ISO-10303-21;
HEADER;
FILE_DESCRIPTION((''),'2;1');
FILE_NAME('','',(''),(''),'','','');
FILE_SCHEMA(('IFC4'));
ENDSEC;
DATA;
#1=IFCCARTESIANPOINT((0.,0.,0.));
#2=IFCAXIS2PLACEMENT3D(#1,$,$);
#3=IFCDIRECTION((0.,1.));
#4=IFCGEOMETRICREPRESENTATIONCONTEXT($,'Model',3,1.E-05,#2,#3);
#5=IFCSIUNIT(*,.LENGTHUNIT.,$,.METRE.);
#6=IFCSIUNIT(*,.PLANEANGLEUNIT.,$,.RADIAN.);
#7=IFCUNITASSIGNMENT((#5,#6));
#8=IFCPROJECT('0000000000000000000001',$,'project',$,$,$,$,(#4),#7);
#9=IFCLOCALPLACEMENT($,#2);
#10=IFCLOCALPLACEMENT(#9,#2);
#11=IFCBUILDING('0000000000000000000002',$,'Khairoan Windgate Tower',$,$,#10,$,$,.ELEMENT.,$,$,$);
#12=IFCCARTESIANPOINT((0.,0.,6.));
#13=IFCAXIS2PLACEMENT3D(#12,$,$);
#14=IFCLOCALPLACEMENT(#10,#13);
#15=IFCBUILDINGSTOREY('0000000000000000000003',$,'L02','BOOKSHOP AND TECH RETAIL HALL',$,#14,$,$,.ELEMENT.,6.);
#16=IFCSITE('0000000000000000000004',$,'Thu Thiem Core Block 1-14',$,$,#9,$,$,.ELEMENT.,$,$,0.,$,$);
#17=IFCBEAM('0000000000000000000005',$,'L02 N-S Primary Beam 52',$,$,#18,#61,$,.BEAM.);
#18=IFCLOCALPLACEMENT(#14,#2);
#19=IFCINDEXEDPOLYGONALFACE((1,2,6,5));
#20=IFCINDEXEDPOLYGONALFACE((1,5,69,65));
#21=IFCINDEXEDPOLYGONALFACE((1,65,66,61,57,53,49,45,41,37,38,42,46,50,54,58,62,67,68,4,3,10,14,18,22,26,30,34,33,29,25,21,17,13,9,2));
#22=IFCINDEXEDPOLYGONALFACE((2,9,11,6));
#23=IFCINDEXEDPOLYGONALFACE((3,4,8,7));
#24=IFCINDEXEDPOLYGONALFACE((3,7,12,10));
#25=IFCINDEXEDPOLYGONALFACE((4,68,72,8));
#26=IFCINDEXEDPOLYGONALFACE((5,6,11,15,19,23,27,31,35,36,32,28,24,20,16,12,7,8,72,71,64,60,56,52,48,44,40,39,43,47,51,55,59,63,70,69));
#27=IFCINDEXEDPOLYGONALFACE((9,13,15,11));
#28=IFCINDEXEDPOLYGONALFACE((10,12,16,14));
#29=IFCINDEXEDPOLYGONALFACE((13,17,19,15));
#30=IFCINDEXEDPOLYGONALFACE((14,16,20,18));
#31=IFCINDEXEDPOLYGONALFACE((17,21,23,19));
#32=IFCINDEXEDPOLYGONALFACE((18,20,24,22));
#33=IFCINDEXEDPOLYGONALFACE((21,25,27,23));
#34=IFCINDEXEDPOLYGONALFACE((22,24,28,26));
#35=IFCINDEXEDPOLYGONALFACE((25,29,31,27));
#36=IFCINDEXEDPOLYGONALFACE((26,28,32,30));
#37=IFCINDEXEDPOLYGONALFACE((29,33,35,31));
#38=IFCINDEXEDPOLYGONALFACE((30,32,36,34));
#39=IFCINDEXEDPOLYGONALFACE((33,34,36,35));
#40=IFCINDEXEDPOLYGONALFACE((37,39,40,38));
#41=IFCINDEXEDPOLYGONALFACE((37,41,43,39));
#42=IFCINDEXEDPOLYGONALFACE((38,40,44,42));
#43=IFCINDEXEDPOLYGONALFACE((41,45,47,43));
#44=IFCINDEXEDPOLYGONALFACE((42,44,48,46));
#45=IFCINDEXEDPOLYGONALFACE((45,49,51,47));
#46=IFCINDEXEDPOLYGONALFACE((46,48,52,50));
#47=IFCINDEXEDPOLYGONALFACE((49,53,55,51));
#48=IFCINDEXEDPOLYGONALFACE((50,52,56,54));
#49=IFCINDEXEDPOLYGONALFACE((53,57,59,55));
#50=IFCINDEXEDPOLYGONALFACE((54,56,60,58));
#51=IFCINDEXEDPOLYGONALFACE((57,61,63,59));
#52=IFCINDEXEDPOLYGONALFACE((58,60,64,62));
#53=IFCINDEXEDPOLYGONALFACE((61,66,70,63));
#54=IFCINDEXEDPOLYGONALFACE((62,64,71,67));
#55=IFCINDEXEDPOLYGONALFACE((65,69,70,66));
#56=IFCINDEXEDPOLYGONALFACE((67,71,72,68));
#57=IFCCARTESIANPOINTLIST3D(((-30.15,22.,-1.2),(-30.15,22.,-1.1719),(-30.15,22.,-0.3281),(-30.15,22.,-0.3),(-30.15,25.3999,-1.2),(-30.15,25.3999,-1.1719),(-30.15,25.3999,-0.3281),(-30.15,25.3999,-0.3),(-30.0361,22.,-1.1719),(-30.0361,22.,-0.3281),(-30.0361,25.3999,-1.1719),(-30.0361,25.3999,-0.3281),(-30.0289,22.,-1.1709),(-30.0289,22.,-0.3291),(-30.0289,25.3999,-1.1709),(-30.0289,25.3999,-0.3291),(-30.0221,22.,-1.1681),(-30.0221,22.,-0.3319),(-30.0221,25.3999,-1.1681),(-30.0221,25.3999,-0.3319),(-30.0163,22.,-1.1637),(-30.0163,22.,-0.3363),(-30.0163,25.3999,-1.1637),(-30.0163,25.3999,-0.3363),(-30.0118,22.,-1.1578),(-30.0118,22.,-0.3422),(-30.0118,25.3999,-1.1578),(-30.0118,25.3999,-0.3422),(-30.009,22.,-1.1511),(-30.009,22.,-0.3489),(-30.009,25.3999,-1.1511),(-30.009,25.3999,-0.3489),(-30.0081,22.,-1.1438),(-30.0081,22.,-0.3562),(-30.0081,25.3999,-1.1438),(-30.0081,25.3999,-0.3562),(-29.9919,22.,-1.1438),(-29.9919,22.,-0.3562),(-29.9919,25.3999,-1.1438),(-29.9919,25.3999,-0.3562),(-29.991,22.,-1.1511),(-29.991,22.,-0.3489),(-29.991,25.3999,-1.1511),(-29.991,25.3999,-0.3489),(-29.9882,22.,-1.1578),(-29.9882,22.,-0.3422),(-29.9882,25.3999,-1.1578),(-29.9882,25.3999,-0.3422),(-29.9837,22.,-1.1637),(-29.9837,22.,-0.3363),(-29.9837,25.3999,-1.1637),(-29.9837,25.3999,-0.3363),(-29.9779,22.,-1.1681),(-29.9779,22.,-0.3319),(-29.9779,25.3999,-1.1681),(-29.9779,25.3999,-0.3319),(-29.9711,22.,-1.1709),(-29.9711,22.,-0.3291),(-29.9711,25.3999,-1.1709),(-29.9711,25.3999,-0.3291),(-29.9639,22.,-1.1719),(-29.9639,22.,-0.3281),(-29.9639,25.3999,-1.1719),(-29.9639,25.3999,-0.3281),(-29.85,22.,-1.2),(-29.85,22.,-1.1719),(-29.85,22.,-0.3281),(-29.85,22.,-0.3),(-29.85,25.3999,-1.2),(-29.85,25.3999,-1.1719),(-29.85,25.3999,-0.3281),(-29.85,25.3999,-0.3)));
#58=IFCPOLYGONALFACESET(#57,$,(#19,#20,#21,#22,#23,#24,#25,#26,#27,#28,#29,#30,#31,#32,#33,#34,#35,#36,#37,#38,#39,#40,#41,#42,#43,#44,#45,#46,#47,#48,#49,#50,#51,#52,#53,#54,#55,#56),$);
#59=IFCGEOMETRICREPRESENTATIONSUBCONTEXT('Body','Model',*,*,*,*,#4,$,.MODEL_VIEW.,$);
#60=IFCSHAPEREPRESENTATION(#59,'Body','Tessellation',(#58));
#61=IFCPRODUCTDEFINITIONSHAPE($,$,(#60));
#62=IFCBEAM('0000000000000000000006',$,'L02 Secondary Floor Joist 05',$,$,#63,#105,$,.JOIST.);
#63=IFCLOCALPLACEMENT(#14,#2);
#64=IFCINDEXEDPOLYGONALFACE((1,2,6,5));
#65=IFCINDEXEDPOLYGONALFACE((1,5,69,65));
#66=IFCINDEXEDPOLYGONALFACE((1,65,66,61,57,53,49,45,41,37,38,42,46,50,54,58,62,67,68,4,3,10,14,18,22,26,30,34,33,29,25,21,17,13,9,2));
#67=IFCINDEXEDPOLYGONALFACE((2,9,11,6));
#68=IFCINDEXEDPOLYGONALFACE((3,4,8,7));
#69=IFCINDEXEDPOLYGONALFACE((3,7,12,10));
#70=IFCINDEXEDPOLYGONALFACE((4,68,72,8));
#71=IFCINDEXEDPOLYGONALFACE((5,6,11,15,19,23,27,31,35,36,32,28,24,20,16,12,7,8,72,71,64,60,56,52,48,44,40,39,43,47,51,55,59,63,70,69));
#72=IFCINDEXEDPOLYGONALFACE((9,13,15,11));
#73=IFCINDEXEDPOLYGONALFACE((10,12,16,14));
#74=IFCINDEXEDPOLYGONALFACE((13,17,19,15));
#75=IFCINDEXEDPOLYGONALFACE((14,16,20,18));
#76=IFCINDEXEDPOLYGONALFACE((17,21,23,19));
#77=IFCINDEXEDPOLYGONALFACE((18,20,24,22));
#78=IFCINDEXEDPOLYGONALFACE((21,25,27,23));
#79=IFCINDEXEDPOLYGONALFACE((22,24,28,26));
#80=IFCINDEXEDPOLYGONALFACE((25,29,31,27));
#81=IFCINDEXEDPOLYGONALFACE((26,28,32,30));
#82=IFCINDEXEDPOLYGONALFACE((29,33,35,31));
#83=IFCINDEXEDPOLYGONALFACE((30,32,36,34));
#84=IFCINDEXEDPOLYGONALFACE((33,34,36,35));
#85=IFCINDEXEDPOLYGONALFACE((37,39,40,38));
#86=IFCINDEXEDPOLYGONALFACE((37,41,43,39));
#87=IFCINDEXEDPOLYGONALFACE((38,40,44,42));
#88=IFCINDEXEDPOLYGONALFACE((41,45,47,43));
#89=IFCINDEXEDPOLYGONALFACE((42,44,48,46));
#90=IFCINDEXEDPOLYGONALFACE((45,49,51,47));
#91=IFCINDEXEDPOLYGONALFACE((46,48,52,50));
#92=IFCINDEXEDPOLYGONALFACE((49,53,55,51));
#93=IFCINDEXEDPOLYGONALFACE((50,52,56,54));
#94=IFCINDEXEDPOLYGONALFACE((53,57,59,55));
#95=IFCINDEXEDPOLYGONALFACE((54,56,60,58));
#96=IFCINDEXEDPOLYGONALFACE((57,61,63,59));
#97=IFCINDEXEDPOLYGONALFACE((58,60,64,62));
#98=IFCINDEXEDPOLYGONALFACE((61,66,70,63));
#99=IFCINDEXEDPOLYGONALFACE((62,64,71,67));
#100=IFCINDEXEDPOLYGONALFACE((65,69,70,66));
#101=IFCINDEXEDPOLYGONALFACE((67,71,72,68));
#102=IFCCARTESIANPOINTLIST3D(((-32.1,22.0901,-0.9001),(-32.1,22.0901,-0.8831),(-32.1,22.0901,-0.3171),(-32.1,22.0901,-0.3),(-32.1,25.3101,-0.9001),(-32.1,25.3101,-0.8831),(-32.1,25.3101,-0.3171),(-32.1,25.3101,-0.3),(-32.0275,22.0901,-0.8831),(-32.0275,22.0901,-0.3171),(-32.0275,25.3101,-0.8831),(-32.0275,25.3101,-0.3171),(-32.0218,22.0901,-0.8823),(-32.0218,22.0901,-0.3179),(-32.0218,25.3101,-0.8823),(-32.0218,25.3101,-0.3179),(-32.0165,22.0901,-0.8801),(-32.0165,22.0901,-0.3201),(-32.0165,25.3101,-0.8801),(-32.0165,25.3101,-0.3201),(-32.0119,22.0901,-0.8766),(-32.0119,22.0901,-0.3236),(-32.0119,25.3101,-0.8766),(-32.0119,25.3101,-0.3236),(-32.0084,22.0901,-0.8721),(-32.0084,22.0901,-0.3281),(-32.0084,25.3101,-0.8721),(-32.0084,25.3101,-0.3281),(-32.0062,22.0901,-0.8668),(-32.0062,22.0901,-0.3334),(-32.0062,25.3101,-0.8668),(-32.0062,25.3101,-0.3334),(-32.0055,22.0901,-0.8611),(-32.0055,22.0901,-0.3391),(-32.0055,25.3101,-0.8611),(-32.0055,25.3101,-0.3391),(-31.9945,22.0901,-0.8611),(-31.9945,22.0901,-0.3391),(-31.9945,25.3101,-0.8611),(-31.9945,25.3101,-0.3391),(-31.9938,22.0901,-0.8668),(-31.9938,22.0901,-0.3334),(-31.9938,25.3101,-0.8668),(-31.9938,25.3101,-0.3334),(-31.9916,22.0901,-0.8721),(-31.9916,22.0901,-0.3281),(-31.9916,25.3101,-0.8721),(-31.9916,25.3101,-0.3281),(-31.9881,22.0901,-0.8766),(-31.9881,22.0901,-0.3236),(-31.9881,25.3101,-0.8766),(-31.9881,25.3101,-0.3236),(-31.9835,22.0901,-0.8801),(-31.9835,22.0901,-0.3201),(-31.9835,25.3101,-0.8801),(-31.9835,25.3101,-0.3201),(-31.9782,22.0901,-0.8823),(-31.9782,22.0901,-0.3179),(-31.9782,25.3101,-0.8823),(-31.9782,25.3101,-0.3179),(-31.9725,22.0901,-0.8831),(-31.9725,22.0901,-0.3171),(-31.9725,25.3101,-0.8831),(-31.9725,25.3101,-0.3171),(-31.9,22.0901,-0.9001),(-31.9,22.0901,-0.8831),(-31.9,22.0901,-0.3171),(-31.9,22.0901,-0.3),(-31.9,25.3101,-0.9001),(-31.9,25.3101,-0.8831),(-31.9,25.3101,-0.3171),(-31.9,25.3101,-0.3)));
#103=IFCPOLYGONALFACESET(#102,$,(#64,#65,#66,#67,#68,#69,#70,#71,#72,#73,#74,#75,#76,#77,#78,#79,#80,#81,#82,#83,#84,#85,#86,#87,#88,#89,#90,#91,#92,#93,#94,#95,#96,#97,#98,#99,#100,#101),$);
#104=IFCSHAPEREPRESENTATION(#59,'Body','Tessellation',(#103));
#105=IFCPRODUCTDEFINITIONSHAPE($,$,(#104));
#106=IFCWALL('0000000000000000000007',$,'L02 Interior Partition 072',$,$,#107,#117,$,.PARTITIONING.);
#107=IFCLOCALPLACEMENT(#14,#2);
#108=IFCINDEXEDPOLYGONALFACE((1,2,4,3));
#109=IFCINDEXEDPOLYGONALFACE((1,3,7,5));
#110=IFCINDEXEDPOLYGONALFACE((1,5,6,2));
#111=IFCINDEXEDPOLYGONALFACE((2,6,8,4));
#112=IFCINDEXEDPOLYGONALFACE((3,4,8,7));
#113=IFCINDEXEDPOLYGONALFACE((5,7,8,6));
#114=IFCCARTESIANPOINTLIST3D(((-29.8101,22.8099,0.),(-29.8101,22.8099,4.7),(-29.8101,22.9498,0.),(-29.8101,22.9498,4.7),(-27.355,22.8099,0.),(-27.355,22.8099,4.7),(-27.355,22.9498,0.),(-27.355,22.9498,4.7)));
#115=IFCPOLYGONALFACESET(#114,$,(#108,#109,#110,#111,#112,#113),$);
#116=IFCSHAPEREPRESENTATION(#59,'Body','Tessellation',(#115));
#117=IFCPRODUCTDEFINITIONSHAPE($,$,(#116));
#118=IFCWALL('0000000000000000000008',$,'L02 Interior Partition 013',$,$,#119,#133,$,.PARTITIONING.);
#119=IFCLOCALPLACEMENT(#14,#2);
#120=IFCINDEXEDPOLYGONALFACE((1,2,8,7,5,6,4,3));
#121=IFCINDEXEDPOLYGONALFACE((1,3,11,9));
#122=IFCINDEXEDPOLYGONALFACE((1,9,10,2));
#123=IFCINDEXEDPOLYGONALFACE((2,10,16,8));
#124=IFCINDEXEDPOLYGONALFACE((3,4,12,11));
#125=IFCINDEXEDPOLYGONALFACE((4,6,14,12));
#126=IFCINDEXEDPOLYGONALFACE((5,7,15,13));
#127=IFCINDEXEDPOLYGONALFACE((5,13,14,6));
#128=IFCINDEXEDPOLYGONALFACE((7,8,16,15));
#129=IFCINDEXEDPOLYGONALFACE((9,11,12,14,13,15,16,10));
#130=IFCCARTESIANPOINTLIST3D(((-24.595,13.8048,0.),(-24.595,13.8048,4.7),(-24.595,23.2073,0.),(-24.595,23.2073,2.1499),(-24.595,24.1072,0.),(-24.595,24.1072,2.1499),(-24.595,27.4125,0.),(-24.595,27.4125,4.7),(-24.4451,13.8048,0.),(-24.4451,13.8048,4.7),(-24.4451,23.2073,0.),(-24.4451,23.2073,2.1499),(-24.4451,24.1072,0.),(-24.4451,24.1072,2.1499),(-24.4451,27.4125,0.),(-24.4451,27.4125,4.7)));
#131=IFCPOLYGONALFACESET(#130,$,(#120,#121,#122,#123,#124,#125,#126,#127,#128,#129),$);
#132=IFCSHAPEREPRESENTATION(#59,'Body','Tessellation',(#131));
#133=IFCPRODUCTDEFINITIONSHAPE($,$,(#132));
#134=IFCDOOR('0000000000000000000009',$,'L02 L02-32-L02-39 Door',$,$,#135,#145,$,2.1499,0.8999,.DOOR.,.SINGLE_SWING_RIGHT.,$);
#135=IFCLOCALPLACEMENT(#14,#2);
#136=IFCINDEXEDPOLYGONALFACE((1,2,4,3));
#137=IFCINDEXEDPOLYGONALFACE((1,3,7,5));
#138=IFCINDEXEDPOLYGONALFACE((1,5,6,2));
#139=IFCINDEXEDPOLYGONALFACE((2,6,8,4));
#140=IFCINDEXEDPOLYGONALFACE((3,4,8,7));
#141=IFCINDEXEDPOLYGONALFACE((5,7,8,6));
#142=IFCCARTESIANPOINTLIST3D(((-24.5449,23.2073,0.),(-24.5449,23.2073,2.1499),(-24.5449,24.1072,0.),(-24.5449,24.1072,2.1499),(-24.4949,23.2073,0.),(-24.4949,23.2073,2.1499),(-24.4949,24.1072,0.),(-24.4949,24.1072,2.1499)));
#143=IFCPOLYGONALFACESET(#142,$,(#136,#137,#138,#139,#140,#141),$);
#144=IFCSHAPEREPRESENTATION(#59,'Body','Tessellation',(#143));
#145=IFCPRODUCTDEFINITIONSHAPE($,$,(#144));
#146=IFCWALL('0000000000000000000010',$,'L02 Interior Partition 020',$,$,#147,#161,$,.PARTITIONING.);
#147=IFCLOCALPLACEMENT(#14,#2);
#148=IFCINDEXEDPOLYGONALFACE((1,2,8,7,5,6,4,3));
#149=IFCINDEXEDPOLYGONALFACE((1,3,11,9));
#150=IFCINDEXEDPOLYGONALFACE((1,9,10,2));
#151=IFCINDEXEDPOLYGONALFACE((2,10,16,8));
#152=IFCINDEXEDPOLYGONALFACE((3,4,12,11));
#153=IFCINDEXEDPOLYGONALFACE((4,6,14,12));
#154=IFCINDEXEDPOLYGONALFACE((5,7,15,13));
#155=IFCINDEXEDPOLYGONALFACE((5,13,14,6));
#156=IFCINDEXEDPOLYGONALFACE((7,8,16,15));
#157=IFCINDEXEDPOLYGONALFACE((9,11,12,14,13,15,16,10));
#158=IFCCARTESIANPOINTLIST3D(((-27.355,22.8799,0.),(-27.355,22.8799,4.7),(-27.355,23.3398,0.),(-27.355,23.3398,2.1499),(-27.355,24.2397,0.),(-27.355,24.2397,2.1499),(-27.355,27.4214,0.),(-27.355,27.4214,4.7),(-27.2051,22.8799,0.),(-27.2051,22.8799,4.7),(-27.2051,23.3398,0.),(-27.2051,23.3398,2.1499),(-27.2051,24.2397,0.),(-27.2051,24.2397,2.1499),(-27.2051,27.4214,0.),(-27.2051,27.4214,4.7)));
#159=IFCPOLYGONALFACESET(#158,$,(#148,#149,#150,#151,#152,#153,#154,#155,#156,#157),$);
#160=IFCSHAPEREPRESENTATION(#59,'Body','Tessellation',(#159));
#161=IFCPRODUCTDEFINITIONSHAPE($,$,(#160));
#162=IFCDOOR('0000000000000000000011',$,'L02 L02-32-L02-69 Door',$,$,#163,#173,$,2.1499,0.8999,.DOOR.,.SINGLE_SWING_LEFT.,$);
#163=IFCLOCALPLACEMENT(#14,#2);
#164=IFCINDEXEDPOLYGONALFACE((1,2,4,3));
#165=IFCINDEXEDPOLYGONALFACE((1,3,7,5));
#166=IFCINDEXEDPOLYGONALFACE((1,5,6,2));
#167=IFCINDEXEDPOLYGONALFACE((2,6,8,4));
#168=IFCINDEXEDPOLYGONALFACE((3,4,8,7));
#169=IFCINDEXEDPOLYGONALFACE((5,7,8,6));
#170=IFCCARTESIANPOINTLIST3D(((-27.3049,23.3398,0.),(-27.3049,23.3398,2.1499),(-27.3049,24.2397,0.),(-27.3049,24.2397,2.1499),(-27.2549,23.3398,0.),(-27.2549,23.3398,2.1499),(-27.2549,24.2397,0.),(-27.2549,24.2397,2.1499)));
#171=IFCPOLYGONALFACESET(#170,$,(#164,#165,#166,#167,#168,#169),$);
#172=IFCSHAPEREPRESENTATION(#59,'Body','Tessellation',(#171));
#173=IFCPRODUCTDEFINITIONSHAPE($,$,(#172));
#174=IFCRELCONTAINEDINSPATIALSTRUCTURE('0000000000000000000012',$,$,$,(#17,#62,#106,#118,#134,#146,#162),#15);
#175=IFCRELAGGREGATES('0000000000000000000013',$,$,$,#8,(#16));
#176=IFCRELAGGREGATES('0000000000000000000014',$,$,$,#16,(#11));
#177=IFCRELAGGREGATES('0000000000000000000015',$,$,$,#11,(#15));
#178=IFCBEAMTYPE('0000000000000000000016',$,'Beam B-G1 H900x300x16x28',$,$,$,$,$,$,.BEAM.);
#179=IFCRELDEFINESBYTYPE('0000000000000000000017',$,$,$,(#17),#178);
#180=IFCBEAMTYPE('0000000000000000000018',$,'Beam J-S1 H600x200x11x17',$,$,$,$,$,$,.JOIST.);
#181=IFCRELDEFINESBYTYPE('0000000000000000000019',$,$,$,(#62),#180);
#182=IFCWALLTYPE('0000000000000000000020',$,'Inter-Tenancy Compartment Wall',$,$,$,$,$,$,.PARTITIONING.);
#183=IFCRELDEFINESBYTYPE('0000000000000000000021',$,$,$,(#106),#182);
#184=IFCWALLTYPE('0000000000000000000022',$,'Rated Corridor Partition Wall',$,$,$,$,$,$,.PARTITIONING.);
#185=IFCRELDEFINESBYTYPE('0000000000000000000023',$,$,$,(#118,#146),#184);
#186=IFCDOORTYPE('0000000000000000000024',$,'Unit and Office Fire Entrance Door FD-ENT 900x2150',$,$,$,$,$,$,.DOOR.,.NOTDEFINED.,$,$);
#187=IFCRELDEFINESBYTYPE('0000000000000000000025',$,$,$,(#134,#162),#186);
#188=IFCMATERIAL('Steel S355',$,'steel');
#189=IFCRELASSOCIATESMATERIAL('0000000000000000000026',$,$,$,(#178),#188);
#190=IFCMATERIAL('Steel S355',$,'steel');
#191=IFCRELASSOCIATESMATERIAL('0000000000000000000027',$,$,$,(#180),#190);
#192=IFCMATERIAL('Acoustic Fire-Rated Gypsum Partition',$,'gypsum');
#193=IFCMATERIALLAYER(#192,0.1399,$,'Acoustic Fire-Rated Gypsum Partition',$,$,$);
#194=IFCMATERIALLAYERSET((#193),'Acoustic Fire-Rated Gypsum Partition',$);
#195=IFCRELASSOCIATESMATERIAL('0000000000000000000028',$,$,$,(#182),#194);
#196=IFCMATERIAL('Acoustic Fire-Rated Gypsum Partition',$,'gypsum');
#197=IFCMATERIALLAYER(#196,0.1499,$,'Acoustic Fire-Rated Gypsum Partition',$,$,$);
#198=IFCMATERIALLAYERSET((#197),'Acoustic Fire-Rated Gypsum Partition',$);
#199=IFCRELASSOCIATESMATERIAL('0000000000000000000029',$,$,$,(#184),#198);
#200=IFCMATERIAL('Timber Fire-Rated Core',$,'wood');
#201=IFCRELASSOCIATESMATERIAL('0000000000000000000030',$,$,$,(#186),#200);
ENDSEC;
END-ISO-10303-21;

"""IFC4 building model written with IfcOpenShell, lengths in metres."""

from ifc_helpers import new_model, si_unit, direction, frame, frame_2d, origin, origin_2d, place, context, subcontext, project, spatial, rectangle, i_section, extrude, material, layer, layer_set, material_profile, profile_set, type_object, element, fill, save


model = new_model("IFC4")

# Units and contexts
model_context = context("Model", 3, precision=1e-05, world=origin(), true_north=direction((0.0, 1.0)))
body_context = subcontext(model_context, "Body", "Model", "MODEL_VIEW")
ifc_project = project(units=[si_unit("LENGTHUNIT", "METRE"), si_unit("PLANEANGLEUNIT", "RADIAN")], contexts=[model_context])

# Site, building, storey
site_placement = place(None, origin())
site = spatial("IfcSite", under=ifc_project, at=site_placement, Name="Thu Thiem Core Block 1-14", CompositionType="ELEMENT", RefElevation=0.0)
building_placement = place(site_placement, origin())
building = spatial("IfcBuilding", under=site, at=building_placement, Name="Khairoan Windgate Tower", CompositionType="ELEMENT")
storey_placement = place(building_placement, frame((0.0, 0.0, 6.0)))
storey = spatial("IfcBuildingStorey", under=building, at=storey_placement, Name="L02", Description="BOOKSHOP AND TECH RETAIL HALL", CompositionType="ELEMENT", Elevation=6.0)

# Beams
ifc_material_1 = material(Name="Steel S355", Category="steel")
ifc_material_profile_1 = material_profile(ifc_material_1, i_section(OverallWidth=0.3, OverallDepth=0.8999, WebThickness=0.0161, FlangeThickness=0.0281, FilletRadius=0.0281, at=origin_2d()))
ifc_profile_set_1 = profile_set([ifc_material_profile_1], Name="Steel S355")
beam_type_1 = type_object("IfcBeamType", Name="Beam B-G1 H900x300x16x28", PredefinedType="BEAM", material=ifc_profile_set_1)
beam_1_placement = place(storey_placement, frame((-30.0, 22.0, -0.75), z_axis=(0.0, 1.0, 0.0), x_axis=(-1.0, 0.0, 0.0)))
element("IfcBeam", 1, at=beam_1_placement, inside=storey, type_object=beam_type_1, Name="L02 N-S Primary Beam 52", PredefinedType="BEAM", context=body_context, shape_type="SweptSolid", body=[
    extrude(i_section(OverallWidth=0.3, OverallDepth=0.8999, WebThickness=0.0161, FlangeThickness=0.0281, FilletRadius=0.0281, at=origin_2d()), origin(), (0.0, 0.0, 1.0), 3.3999),
])
ifc_material_2 = material(Name="Steel S355", Category="steel")
ifc_material_profile_2 = material_profile(ifc_material_2, i_section(OverallWidth=0.2, OverallDepth=0.6001, WebThickness=0.011, FlangeThickness=0.0171, FilletRadius=0.022, at=origin_2d()))
ifc_profile_set_2 = profile_set([ifc_material_profile_2], Name="Steel S355")
beam_type_2 = type_object("IfcBeamType", Name="Beam J-S1 H600x200x11x17", PredefinedType="JOIST", material=ifc_profile_set_2)
beam_2_placement = place(storey_placement, frame((-32.0, 22.0901, -0.6001), z_axis=(0.0, 1.0, 0.0), x_axis=(-1.0, 0.0, 0.0)))
element("IfcBeam", 2, at=beam_2_placement, inside=storey, type_object=beam_type_2, Name="L02 Secondary Floor Joist 05", PredefinedType="JOIST", context=body_context, shape_type="SweptSolid", body=[
    extrude(i_section(OverallWidth=0.2, OverallDepth=0.6001, WebThickness=0.011, FlangeThickness=0.0171, FilletRadius=0.022, at=origin_2d()), origin(), (0.0, 0.0, 1.0), 3.22),
])

# Wall
ifc_material_3 = material(Name="Acoustic Fire-Rated Gypsum Partition", Category="gypsum")
ifc_layer_1 = layer(ifc_material_3, 0.1399, Name="Acoustic Fire-Rated Gypsum Partition")
ifc_layer_set_1 = layer_set([ifc_layer_1], Name="Acoustic Fire-Rated Gypsum Partition")
wall_type_1 = type_object("IfcWallType", Name="Inter-Tenancy Compartment Wall", PredefinedType="PARTITIONING", material=ifc_layer_set_1)
wall_1_placement = place(storey_placement, frame((-29.8101, 22.8799, 0.0), z_axis=(0.0, 0.0, 1.0), x_axis=(1.0, 0.0, 0.0)))
element("IfcWall", 3, at=wall_1_placement, inside=storey, type_object=wall_type_1, Name="L02 Interior Partition 072", PredefinedType="PARTITIONING", context=body_context, shape_type="SweptSolid", body=[
    extrude(rectangle(XDim=2.4551, YDim=0.1399, at=frame_2d((1.2275, 0.0))), origin(), (0.0, 0.0, 1.0), 4.7),
])

# Walls, openings, doors
ifc_material_4 = material(Name="Acoustic Fire-Rated Gypsum Partition", Category="gypsum")
ifc_layer_2 = layer(ifc_material_4, 0.1499, Name="Acoustic Fire-Rated Gypsum Partition")
ifc_layer_set_2 = layer_set([ifc_layer_2], Name="Acoustic Fire-Rated Gypsum Partition")
wall_type_2 = type_object("IfcWallType", Name="Rated Corridor Partition Wall", PredefinedType="PARTITIONING", material=ifc_layer_set_2)
wall_2_placement = place(storey_placement, frame((-24.52, 13.8049, 0.0), z_axis=(0.0, 0.0, 1.0), x_axis=(0.0, 1.0, 0.0)))
wall_2 = element("IfcWall", 4, at=wall_2_placement, inside=storey, type_object=wall_type_2, Name="L02 Interior Partition 013", PredefinedType="PARTITIONING", context=body_context, shape_type="SweptSolid", body=[
    extrude(rectangle(XDim=13.6077, YDim=0.1499, at=frame_2d((6.8037, 0.0))), origin(), (0.0, 0.0, 1.0), 4.7),
])
opening_1_placement = place(wall_2_placement, frame((9.4023, 0.0, 0.0)))
opening_1 = element("IfcOpeningElement", 5, at=opening_1_placement, cuts=wall_2, PredefinedType="OPENING", context=body_context, shape_type="SweptSolid", body=[
    extrude(rectangle(XDim=0.8999, YDim=2.1499, at=frame_2d((0.45, 1.075))), frame((0.0, 0.085, 0.0), z_axis=(0.0, -1.0, 0.0), x_axis=(1.0, 0.0, 0.0)), (0.0, 0.0, 1.0), 0.1699),
])
ifc_material_5 = material(Name="Timber Fire-Rated Core", Category="wood")
door_type = type_object("IfcDoorType", Name="Unit and Office Fire Entrance Door FD-ENT 900x2150", OperationType="NOTDEFINED", PredefinedType="DOOR", material=ifc_material_5)
door_1_placement = place(opening_1_placement, origin())
door_1 = element("IfcDoor", 6, at=door_1_placement, inside=storey, type_object=door_type, Name="L02 L02-32-L02-39 Door", OperationType="SINGLE_SWING_RIGHT", OverallHeight=2.1499, OverallWidth=0.8999, PredefinedType="DOOR", context=body_context, shape_type="SweptSolid", body=[
    extrude(rectangle(XDim=0.8999, YDim=2.1499, at=frame_2d((0.45, 1.075))), frame((0.0, 0.0249, 0.0), z_axis=(0.0, -1.0, 0.0), x_axis=(1.0, 0.0, 0.0)), (0.0, 0.0, 1.0), 0.05),
])
fill(opening_1, door_1)
wall_3_placement = place(storey_placement, frame((-27.28, 22.8799, 0.0), z_axis=(0.0, 0.0, 1.0), x_axis=(0.0, 1.0, 0.0)))
wall_3 = element("IfcWall", 7, at=wall_3_placement, inside=storey, type_object=wall_type_2, Name="L02 Interior Partition 020", PredefinedType="PARTITIONING", context=body_context, shape_type="SweptSolid", body=[
    extrude(rectangle(XDim=4.5415, YDim=0.1499, at=frame_2d((2.2708, 0.0))), origin(), (0.0, 0.0, 1.0), 4.7),
])
opening_2_placement = place(wall_3_placement, frame((0.46, 0.0, 0.0)))
opening_2 = element("IfcOpeningElement", 8, at=opening_2_placement, cuts=wall_3, PredefinedType="OPENING", context=body_context, shape_type="SweptSolid", body=[
    extrude(rectangle(XDim=0.8999, YDim=2.1499, at=frame_2d((0.45, 1.075))), frame((0.0, 0.085, 0.0), z_axis=(0.0, -1.0, 0.0), x_axis=(1.0, 0.0, 0.0)), (0.0, 0.0, 1.0), 0.1699),
])
door_2_placement = place(opening_2_placement, origin())
door_2 = element("IfcDoor", 9, at=door_2_placement, inside=storey, type_object=door_type, Name="L02 L02-32-L02-69 Door", OperationType="SINGLE_SWING_LEFT", OverallHeight=2.1499, OverallWidth=0.8999, PredefinedType="DOOR", context=body_context, shape_type="SweptSolid", body=[
    extrude(rectangle(XDim=0.8999, YDim=2.1499, at=frame_2d((0.45, 1.075))), frame((0.0, 0.0249, 0.0), z_axis=(0.0, -1.0, 0.0), x_axis=(1.0, 0.0, 0.0)), (0.0, 0.0, 1.0), 0.05),
])
fill(opening_2, door_2)

save(model, "model.ifc")
